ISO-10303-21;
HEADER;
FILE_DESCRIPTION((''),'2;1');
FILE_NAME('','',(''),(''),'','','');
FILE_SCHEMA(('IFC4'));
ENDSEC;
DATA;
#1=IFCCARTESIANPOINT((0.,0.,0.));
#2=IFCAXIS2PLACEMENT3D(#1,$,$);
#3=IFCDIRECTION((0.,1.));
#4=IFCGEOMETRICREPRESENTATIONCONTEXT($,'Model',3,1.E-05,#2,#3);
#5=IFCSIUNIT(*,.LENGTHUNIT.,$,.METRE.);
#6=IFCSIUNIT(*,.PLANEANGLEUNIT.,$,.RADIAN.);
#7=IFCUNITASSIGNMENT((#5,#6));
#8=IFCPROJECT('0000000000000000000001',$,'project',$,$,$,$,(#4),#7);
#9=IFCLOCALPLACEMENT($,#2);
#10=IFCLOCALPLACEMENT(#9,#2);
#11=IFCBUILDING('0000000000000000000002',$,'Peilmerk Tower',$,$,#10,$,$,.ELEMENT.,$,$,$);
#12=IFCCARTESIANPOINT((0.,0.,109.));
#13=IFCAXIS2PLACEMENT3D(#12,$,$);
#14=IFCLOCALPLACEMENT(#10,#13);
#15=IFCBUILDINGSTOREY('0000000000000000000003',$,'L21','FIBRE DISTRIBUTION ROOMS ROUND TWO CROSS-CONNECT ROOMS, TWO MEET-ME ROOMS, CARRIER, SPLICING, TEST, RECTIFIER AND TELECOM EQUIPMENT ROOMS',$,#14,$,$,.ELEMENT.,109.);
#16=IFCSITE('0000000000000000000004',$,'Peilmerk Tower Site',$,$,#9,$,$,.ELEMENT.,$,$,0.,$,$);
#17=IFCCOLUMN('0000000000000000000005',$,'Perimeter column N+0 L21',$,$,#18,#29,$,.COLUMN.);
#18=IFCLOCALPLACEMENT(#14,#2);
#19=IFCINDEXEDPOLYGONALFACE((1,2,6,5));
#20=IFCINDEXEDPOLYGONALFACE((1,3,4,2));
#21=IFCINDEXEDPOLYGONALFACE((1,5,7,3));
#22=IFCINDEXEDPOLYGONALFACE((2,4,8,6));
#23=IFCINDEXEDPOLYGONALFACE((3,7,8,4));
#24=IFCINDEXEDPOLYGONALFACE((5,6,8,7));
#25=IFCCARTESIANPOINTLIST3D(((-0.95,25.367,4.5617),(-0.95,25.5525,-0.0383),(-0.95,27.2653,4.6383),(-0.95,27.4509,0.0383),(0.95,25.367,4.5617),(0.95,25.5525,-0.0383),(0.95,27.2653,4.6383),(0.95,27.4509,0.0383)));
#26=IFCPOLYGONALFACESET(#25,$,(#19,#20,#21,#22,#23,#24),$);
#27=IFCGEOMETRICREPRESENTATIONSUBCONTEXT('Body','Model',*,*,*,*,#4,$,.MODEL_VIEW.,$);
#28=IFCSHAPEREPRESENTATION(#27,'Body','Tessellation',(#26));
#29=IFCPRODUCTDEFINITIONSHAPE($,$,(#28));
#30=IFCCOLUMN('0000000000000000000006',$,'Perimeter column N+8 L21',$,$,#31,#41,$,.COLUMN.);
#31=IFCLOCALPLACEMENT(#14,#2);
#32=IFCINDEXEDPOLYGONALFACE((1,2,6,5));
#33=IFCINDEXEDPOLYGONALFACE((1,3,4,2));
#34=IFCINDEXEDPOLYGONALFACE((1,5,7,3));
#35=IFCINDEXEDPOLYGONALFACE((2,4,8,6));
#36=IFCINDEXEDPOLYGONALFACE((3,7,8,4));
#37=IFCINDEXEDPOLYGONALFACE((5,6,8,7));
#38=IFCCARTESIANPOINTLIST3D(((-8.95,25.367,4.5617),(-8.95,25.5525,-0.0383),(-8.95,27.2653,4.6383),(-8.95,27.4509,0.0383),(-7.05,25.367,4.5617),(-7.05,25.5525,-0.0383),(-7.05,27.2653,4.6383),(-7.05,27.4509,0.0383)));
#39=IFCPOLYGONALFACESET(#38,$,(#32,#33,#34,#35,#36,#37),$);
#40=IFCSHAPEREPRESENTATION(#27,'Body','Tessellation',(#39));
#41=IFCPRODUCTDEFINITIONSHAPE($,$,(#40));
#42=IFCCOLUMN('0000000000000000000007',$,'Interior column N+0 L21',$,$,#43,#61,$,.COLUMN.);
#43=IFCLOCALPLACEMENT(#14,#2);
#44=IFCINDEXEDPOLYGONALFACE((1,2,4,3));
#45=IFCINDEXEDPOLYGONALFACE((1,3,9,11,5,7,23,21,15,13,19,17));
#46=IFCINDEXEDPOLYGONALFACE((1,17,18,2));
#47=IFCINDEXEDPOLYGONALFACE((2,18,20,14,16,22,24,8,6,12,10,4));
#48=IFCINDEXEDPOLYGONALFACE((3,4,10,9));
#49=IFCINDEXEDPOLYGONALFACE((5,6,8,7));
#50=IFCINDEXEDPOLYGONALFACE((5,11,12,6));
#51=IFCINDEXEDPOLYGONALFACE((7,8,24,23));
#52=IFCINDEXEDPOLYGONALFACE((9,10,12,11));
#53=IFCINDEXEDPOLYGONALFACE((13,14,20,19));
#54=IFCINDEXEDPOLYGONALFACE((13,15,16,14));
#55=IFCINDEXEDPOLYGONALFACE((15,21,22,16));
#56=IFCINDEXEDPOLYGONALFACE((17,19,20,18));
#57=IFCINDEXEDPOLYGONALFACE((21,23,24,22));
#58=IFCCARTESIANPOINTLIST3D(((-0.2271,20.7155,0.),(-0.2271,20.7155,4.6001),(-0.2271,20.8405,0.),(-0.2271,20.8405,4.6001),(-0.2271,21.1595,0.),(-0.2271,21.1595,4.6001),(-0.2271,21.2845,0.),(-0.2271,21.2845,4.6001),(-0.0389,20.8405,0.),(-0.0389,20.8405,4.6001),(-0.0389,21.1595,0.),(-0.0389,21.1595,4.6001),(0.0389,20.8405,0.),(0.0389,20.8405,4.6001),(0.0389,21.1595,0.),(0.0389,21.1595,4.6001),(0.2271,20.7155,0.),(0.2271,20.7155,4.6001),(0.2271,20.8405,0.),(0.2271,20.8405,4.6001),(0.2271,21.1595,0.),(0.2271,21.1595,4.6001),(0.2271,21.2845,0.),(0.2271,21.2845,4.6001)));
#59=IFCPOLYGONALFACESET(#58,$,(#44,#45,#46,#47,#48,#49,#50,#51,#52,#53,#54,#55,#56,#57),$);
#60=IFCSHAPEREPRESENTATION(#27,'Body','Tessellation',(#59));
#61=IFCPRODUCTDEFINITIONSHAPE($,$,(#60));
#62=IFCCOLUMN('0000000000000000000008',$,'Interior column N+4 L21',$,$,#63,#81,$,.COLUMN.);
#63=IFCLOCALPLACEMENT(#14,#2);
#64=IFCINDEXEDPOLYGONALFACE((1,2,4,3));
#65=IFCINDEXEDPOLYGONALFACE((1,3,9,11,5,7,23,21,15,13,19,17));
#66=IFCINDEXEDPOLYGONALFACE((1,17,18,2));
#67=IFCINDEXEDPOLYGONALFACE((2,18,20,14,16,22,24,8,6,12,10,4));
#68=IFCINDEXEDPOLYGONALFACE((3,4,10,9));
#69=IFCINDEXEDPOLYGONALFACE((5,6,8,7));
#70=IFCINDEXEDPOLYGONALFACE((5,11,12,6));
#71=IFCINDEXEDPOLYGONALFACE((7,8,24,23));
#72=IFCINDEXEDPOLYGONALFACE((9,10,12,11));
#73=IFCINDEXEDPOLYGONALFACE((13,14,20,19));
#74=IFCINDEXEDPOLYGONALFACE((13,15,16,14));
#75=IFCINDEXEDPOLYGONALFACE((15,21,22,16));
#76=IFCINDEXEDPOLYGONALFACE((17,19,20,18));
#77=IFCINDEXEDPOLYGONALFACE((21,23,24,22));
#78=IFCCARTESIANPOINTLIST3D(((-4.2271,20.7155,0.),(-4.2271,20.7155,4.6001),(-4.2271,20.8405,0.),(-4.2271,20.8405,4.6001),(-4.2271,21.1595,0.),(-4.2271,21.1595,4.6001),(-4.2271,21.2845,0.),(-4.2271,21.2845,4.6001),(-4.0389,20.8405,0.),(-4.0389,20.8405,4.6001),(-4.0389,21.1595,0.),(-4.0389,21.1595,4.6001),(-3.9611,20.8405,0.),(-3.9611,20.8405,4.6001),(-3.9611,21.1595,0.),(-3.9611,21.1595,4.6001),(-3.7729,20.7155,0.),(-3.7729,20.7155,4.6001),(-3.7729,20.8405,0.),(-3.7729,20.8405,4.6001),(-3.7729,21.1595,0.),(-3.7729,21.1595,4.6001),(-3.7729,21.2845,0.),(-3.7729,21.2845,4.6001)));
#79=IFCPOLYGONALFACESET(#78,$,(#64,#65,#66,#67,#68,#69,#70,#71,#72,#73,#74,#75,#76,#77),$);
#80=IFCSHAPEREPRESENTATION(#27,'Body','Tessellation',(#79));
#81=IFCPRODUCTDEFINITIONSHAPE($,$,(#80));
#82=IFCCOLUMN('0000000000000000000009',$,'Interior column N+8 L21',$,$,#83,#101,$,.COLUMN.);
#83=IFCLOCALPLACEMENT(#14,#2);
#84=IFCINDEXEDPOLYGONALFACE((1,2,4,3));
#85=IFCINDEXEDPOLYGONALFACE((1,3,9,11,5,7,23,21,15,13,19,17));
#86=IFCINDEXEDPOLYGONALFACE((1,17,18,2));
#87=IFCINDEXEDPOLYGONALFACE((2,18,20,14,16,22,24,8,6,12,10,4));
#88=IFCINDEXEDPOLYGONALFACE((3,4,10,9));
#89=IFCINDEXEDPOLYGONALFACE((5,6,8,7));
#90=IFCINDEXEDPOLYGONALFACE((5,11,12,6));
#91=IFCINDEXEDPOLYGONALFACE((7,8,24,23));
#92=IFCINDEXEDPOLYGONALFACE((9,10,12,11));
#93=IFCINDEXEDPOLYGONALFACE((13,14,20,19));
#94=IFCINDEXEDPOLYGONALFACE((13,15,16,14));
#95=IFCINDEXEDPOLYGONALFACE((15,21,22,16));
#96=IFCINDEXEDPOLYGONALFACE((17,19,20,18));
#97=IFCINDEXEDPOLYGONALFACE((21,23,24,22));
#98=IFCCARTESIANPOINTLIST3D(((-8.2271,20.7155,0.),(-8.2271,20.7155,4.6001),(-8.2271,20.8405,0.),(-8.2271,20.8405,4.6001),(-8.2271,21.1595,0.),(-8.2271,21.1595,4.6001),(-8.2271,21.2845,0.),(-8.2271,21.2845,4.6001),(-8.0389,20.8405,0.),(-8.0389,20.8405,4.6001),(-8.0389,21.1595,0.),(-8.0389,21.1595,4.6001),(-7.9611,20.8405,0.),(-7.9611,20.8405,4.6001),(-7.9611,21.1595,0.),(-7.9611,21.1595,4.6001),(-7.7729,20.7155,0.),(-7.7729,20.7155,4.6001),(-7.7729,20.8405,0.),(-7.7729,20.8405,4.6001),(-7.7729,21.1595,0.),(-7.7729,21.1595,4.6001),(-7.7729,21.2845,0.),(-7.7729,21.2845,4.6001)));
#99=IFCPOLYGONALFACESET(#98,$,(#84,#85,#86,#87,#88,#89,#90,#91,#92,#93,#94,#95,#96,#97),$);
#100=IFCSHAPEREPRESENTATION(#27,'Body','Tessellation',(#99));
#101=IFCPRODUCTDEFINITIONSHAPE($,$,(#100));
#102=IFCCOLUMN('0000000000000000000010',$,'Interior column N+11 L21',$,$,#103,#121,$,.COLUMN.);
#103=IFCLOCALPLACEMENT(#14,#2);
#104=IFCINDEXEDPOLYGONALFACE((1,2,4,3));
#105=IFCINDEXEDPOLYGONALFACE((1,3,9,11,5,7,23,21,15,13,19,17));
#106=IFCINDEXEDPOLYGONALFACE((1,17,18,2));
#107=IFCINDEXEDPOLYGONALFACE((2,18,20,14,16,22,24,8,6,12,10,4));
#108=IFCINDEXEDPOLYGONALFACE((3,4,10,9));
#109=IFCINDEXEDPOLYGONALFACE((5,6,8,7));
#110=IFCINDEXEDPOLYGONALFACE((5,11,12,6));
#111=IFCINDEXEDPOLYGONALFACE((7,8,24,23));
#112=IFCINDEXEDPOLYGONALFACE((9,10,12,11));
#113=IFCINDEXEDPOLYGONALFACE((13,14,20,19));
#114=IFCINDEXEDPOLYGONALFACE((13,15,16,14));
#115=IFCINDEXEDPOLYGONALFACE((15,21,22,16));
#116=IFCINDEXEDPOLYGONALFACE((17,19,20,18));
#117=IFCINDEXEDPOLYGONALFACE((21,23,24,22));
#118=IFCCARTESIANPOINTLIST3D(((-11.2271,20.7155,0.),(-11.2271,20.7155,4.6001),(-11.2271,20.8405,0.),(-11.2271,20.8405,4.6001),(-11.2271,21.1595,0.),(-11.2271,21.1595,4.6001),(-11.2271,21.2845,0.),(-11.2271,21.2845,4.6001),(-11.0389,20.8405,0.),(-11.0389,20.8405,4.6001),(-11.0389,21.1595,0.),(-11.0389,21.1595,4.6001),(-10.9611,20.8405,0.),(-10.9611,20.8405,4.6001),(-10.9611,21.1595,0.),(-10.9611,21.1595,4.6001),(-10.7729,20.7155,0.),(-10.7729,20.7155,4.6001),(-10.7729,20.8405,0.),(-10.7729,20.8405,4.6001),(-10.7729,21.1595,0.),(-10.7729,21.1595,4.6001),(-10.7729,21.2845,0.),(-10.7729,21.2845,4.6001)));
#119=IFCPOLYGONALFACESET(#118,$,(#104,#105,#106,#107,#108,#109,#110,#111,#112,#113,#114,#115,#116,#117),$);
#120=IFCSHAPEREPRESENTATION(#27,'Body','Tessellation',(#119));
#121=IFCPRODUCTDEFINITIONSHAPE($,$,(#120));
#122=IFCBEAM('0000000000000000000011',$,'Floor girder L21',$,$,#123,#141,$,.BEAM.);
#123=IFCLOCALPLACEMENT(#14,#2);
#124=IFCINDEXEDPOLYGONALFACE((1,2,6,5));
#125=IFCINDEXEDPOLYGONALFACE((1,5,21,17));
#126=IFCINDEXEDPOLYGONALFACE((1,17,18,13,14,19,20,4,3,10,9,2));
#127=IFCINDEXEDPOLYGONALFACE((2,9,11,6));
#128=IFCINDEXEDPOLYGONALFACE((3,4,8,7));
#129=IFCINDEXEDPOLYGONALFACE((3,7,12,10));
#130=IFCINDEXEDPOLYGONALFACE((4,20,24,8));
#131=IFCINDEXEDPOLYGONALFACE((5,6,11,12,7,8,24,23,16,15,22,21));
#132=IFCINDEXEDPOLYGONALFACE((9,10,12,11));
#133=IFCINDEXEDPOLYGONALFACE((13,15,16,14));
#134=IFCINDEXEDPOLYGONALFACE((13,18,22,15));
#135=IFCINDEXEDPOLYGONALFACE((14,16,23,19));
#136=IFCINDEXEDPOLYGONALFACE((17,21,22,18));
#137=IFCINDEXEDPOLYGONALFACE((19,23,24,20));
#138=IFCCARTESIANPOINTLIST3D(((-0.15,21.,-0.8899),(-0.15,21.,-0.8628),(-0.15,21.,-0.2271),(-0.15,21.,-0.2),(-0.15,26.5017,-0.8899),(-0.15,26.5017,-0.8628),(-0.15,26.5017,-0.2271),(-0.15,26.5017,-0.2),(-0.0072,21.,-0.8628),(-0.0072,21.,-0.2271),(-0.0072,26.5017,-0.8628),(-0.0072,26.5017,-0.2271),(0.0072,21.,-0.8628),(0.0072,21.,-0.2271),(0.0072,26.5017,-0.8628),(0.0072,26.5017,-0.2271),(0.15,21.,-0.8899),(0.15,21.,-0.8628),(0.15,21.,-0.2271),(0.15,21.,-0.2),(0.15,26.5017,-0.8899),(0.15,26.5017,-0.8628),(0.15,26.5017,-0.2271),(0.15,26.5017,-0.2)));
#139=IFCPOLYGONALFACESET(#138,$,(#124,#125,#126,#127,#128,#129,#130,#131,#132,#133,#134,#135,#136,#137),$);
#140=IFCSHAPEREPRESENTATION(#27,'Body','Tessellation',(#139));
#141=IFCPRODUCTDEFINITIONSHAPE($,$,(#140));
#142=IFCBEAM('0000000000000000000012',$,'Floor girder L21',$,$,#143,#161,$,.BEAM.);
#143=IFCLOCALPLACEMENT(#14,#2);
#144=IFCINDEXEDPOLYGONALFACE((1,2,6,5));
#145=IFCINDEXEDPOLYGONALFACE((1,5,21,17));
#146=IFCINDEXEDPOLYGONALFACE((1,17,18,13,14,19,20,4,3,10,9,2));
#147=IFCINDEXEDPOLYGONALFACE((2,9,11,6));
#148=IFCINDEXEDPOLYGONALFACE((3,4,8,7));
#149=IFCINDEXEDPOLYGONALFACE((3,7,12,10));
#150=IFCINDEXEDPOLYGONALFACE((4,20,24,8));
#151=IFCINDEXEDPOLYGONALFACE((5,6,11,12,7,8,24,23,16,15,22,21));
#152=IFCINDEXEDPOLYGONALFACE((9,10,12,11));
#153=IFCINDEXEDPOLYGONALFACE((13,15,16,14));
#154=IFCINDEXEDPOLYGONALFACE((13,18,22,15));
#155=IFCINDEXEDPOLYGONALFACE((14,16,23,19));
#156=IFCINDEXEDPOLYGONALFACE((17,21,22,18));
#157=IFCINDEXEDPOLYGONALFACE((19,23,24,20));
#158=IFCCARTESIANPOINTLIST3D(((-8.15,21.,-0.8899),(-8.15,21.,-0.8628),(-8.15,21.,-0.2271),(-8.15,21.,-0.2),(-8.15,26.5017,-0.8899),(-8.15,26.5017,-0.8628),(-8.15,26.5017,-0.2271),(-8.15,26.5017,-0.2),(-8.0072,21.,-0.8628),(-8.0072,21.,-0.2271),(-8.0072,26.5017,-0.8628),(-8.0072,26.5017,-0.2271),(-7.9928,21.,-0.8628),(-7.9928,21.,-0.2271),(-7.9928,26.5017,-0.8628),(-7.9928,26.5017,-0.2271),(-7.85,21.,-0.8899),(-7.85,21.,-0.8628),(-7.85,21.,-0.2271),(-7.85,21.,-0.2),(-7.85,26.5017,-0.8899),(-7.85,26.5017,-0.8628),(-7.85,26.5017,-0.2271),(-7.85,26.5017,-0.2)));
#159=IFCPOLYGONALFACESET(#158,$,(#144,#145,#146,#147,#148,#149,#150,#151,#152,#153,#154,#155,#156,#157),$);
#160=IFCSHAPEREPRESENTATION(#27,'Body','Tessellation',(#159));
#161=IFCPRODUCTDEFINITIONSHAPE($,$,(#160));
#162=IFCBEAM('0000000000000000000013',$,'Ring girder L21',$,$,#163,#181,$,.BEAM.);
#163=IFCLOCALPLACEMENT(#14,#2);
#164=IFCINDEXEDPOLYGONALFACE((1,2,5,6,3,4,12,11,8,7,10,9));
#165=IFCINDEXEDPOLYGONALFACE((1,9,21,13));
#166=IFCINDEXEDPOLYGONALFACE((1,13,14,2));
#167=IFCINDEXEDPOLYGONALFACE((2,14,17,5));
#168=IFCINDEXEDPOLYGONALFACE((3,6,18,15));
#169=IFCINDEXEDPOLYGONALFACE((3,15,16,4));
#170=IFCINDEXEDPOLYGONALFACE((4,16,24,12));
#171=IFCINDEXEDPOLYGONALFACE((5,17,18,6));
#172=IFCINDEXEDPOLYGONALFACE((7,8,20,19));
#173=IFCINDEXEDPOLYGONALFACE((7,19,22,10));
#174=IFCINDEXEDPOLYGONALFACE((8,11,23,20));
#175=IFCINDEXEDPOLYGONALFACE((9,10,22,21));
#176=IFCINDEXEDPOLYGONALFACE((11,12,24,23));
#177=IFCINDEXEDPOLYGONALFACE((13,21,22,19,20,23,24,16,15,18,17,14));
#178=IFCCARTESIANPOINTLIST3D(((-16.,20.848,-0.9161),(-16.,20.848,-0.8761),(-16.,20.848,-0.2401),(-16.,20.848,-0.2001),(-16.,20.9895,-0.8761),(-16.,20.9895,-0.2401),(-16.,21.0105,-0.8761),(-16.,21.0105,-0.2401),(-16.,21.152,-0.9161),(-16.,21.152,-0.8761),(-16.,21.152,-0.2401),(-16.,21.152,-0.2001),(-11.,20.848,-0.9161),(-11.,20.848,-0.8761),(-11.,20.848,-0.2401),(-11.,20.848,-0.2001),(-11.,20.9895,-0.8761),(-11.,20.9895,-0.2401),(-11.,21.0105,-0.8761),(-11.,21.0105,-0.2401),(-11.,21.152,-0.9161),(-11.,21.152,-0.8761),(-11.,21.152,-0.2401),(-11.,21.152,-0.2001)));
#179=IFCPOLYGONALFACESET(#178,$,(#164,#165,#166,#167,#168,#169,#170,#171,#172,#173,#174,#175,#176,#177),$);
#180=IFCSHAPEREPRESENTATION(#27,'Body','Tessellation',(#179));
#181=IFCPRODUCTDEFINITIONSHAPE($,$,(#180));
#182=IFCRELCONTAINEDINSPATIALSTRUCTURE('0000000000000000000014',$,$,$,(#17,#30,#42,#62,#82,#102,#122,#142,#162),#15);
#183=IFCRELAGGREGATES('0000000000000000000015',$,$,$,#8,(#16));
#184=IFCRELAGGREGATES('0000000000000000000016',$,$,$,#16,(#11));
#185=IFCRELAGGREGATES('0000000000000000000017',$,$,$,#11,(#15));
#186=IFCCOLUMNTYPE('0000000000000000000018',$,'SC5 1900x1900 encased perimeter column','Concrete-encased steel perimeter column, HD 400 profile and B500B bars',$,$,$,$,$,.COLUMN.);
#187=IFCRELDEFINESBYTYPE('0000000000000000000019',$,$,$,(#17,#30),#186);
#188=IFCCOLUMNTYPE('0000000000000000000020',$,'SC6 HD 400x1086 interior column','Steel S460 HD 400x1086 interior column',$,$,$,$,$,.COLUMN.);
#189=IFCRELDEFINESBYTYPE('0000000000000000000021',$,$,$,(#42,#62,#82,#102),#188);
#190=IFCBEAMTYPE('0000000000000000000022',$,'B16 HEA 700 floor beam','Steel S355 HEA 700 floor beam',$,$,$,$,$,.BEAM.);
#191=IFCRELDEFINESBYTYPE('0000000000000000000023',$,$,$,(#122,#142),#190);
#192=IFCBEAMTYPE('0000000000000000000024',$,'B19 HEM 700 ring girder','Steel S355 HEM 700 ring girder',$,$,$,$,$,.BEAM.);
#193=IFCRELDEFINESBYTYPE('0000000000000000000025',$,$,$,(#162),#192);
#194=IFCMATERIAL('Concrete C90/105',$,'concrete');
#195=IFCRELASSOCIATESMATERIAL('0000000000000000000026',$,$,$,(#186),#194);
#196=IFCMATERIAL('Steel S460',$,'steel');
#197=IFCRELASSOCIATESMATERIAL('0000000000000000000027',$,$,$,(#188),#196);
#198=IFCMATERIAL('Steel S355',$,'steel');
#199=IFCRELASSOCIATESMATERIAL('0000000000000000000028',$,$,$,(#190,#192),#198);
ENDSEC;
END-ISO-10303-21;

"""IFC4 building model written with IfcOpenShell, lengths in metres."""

from ifc_helpers import new_model, si_unit, direction, frame, origin, origin_2d, place, context, subcontext, project, spatial, rectangle, i_section, extrude, material, material_profile, profile_set, type_object, element, save


model = new_model("IFC4")

# Units and contexts
model_context = context("Model", 3, precision=1e-05, world=origin(), true_north=direction((0.0, 1.0)))
body_context = subcontext(model_context, "Body", "Model", "MODEL_VIEW")
ifc_project = project(units=[si_unit("LENGTHUNIT", "METRE"), si_unit("PLANEANGLEUNIT", "RADIAN")], contexts=[model_context])

# Site, building, storey
site_placement = place(None, origin())
site = spatial("IfcSite", under=ifc_project, at=site_placement, Name="Peilmerk Tower Site", CompositionType="ELEMENT", RefElevation=0.0)
building_placement = place(site_placement, origin())
building = spatial("IfcBuilding", under=site, at=building_placement, Name="Peilmerk Tower", CompositionType="ELEMENT")
storey_placement = place(building_placement, frame((0.0, 0.0, 109.0)))
storey = spatial("IfcBuildingStorey", under=building, at=storey_placement, Name="L21", Description="FIBRE DISTRIBUTION ROOMS ROUND TWO CROSS-CONNECT ROOMS, TWO MEET-ME ROOMS, CARRIER, SPLICING, TEST, RECTIFIER AND TELECOM EQUIPMENT ROOMS", CompositionType="ELEMENT", Elevation=109.0)

# Columns
ifc_material_1 = material(Name="Concrete C90/105", Category="concrete")
ifc_material_profile_1 = material_profile(ifc_material_1, rectangle(XDim=1.8999, YDim=1.8999, at=origin_2d()), Name="RC 1900x1900")
ifc_profile_set_1 = profile_set([ifc_material_profile_1], Name="Concrete C90/105")
column_type_1 = type_object("IfcColumnType", Name="SC5 1900x1900 encased perimeter column", Description="Concrete-encased steel perimeter column, HD 400 profile and B500B bars", PredefinedType="COLUMN", material=ifc_profile_set_1)
for number, where, z_axis, x_axis, name in (
    (1, (0.0, 26.5017, 0.0), (0.0, -0.040303, 0.999188), (1.0, 0.0, 0.0), "Perimeter column N+0 L21"),
    (2, (-8.0, 26.5017, 0.0), (0.0, -0.040303, 0.999188), (1.0, 0.0, 0.0), "Perimeter column N+8 L21"),
):
    element("IfcColumn", number, at=place(storey_placement, frame(where, z_axis=z_axis, x_axis=x_axis)), inside=storey, type_object=column_type_1, Name=name, PredefinedType="COLUMN", context=body_context, shape_type="SweptSolid", body=[
        extrude(rectangle(XDim=1.8999, YDim=1.8999, at=origin_2d()), origin(), (0.0, 0.0, 1.0), 4.6038),
    ])
ifc_material_2 = material(Name="Steel S460", Category="steel")
ifc_material_profile_2 = material_profile(ifc_material_2, i_section(OverallWidth=0.4541, OverallDepth=0.5691, WebThickness=0.0779, FlangeThickness=0.125, at=origin_2d()), Name="HD 400x1086")
ifc_profile_set_2 = profile_set([ifc_material_profile_2], Name="Steel S460")
column_type_2 = type_object("IfcColumnType", Name="SC6 HD 400x1086 interior column", Description="Steel S460 HD 400x1086 interior column", PredefinedType="COLUMN", material=ifc_profile_set_2)
for number, where, z_axis, x_axis, name in (
    (3, (0.0, 21.0, 0.0), (0.0, 0.0, 1.0), (1.0, 0.0, 0.0), "Interior column N+0 L21"),
    (4, (-4.0, 21.0, 0.0), (0.0, 0.0, 1.0), (1.0, 0.0, 0.0), "Interior column N+4 L21"),
    (5, (-8.0, 21.0, 0.0), (0.0, 0.0, 1.0), (1.0, 0.0, 0.0), "Interior column N+8 L21"),
    (6, (-11.0, 21.0, 0.0), (0.0, 0.0, 1.0), (1.0, 0.0, 0.0), "Interior column N+11 L21"),
):
    element("IfcColumn", number, at=place(storey_placement, frame(where, z_axis=z_axis, x_axis=x_axis)), inside=storey, type_object=column_type_2, Name=name, PredefinedType="COLUMN", context=body_context, shape_type="SweptSolid", body=[
        extrude(i_section(OverallWidth=0.4541, OverallDepth=0.5691, WebThickness=0.0779, FlangeThickness=0.125, at=origin_2d()), origin(), (0.0, 0.0, 1.0), 4.6001),
    ])

# Beams
ifc_material_3 = material(Name="Steel S355", Category="steel")
ifc_material_profile_3 = material_profile(ifc_material_3, i_section(OverallWidth=0.3, OverallDepth=0.6899, WebThickness=0.0144, FlangeThickness=0.0271, at=origin_2d()), Name="HEA 700")
ifc_profile_set_3 = profile_set([ifc_material_profile_3], Name="Steel S355")
beam_type_1 = type_object("IfcBeamType", Name="B16 HEA 700 floor beam", Description="Steel S355 HEA 700 floor beam", PredefinedType="BEAM", material=ifc_profile_set_3)
for number, where, z_axis, x_axis, name in (
    (7, (0.0, 21.0, -0.5449), (0.0, 1.0, 0.0), (-1.0, 0.0, 0.0), "Floor girder L21"),
    (8, (-8.0, 21.0, -0.5449), (0.0, 1.0, 0.0), (-1.0, 0.0, 0.0), "Floor girder L21"),
):
    element("IfcBeam", number, at=place(storey_placement, frame(where, z_axis=z_axis, x_axis=x_axis)), inside=storey, type_object=beam_type_1, Name=name, PredefinedType="BEAM", context=body_context, shape_type="SweptSolid", body=[
        extrude(i_section(OverallWidth=0.3, OverallDepth=0.6899, WebThickness=0.0144, FlangeThickness=0.0271, at=origin_2d()), origin(), (0.0, 0.0, 1.0), 5.5017),
    ])
ifc_material_profile_4 = material_profile(ifc_material_3, i_section(OverallWidth=0.304, OverallDepth=0.7161, WebThickness=0.021, FlangeThickness=0.04, at=origin_2d()), Name="HEM 700")
ifc_profile_set_4 = profile_set([ifc_material_profile_4], Name="Steel S355")
beam_type_2 = type_object("IfcBeamType", Name="B19 HEM 700 ring girder", Description="Steel S355 HEM 700 ring girder", PredefinedType="BEAM", material=ifc_profile_set_4)
beam_1_placement = place(storey_placement, frame((-11.0, 21.0, -0.5581), z_axis=(-1.0, 0.0, 0.0), x_axis=(0.0, -1.0, 0.0)))
element("IfcBeam", 9, at=beam_1_placement, inside=storey, type_object=beam_type_2, Name="Ring girder L21", PredefinedType="BEAM", context=body_context, shape_type="SweptSolid", body=[
    extrude(i_section(OverallWidth=0.304, OverallDepth=0.7161, WebThickness=0.021, FlangeThickness=0.04, at=origin_2d()), origin(), (0.0, 0.0, 1.0), 5.0),
])

save(model, "model.ifc")
